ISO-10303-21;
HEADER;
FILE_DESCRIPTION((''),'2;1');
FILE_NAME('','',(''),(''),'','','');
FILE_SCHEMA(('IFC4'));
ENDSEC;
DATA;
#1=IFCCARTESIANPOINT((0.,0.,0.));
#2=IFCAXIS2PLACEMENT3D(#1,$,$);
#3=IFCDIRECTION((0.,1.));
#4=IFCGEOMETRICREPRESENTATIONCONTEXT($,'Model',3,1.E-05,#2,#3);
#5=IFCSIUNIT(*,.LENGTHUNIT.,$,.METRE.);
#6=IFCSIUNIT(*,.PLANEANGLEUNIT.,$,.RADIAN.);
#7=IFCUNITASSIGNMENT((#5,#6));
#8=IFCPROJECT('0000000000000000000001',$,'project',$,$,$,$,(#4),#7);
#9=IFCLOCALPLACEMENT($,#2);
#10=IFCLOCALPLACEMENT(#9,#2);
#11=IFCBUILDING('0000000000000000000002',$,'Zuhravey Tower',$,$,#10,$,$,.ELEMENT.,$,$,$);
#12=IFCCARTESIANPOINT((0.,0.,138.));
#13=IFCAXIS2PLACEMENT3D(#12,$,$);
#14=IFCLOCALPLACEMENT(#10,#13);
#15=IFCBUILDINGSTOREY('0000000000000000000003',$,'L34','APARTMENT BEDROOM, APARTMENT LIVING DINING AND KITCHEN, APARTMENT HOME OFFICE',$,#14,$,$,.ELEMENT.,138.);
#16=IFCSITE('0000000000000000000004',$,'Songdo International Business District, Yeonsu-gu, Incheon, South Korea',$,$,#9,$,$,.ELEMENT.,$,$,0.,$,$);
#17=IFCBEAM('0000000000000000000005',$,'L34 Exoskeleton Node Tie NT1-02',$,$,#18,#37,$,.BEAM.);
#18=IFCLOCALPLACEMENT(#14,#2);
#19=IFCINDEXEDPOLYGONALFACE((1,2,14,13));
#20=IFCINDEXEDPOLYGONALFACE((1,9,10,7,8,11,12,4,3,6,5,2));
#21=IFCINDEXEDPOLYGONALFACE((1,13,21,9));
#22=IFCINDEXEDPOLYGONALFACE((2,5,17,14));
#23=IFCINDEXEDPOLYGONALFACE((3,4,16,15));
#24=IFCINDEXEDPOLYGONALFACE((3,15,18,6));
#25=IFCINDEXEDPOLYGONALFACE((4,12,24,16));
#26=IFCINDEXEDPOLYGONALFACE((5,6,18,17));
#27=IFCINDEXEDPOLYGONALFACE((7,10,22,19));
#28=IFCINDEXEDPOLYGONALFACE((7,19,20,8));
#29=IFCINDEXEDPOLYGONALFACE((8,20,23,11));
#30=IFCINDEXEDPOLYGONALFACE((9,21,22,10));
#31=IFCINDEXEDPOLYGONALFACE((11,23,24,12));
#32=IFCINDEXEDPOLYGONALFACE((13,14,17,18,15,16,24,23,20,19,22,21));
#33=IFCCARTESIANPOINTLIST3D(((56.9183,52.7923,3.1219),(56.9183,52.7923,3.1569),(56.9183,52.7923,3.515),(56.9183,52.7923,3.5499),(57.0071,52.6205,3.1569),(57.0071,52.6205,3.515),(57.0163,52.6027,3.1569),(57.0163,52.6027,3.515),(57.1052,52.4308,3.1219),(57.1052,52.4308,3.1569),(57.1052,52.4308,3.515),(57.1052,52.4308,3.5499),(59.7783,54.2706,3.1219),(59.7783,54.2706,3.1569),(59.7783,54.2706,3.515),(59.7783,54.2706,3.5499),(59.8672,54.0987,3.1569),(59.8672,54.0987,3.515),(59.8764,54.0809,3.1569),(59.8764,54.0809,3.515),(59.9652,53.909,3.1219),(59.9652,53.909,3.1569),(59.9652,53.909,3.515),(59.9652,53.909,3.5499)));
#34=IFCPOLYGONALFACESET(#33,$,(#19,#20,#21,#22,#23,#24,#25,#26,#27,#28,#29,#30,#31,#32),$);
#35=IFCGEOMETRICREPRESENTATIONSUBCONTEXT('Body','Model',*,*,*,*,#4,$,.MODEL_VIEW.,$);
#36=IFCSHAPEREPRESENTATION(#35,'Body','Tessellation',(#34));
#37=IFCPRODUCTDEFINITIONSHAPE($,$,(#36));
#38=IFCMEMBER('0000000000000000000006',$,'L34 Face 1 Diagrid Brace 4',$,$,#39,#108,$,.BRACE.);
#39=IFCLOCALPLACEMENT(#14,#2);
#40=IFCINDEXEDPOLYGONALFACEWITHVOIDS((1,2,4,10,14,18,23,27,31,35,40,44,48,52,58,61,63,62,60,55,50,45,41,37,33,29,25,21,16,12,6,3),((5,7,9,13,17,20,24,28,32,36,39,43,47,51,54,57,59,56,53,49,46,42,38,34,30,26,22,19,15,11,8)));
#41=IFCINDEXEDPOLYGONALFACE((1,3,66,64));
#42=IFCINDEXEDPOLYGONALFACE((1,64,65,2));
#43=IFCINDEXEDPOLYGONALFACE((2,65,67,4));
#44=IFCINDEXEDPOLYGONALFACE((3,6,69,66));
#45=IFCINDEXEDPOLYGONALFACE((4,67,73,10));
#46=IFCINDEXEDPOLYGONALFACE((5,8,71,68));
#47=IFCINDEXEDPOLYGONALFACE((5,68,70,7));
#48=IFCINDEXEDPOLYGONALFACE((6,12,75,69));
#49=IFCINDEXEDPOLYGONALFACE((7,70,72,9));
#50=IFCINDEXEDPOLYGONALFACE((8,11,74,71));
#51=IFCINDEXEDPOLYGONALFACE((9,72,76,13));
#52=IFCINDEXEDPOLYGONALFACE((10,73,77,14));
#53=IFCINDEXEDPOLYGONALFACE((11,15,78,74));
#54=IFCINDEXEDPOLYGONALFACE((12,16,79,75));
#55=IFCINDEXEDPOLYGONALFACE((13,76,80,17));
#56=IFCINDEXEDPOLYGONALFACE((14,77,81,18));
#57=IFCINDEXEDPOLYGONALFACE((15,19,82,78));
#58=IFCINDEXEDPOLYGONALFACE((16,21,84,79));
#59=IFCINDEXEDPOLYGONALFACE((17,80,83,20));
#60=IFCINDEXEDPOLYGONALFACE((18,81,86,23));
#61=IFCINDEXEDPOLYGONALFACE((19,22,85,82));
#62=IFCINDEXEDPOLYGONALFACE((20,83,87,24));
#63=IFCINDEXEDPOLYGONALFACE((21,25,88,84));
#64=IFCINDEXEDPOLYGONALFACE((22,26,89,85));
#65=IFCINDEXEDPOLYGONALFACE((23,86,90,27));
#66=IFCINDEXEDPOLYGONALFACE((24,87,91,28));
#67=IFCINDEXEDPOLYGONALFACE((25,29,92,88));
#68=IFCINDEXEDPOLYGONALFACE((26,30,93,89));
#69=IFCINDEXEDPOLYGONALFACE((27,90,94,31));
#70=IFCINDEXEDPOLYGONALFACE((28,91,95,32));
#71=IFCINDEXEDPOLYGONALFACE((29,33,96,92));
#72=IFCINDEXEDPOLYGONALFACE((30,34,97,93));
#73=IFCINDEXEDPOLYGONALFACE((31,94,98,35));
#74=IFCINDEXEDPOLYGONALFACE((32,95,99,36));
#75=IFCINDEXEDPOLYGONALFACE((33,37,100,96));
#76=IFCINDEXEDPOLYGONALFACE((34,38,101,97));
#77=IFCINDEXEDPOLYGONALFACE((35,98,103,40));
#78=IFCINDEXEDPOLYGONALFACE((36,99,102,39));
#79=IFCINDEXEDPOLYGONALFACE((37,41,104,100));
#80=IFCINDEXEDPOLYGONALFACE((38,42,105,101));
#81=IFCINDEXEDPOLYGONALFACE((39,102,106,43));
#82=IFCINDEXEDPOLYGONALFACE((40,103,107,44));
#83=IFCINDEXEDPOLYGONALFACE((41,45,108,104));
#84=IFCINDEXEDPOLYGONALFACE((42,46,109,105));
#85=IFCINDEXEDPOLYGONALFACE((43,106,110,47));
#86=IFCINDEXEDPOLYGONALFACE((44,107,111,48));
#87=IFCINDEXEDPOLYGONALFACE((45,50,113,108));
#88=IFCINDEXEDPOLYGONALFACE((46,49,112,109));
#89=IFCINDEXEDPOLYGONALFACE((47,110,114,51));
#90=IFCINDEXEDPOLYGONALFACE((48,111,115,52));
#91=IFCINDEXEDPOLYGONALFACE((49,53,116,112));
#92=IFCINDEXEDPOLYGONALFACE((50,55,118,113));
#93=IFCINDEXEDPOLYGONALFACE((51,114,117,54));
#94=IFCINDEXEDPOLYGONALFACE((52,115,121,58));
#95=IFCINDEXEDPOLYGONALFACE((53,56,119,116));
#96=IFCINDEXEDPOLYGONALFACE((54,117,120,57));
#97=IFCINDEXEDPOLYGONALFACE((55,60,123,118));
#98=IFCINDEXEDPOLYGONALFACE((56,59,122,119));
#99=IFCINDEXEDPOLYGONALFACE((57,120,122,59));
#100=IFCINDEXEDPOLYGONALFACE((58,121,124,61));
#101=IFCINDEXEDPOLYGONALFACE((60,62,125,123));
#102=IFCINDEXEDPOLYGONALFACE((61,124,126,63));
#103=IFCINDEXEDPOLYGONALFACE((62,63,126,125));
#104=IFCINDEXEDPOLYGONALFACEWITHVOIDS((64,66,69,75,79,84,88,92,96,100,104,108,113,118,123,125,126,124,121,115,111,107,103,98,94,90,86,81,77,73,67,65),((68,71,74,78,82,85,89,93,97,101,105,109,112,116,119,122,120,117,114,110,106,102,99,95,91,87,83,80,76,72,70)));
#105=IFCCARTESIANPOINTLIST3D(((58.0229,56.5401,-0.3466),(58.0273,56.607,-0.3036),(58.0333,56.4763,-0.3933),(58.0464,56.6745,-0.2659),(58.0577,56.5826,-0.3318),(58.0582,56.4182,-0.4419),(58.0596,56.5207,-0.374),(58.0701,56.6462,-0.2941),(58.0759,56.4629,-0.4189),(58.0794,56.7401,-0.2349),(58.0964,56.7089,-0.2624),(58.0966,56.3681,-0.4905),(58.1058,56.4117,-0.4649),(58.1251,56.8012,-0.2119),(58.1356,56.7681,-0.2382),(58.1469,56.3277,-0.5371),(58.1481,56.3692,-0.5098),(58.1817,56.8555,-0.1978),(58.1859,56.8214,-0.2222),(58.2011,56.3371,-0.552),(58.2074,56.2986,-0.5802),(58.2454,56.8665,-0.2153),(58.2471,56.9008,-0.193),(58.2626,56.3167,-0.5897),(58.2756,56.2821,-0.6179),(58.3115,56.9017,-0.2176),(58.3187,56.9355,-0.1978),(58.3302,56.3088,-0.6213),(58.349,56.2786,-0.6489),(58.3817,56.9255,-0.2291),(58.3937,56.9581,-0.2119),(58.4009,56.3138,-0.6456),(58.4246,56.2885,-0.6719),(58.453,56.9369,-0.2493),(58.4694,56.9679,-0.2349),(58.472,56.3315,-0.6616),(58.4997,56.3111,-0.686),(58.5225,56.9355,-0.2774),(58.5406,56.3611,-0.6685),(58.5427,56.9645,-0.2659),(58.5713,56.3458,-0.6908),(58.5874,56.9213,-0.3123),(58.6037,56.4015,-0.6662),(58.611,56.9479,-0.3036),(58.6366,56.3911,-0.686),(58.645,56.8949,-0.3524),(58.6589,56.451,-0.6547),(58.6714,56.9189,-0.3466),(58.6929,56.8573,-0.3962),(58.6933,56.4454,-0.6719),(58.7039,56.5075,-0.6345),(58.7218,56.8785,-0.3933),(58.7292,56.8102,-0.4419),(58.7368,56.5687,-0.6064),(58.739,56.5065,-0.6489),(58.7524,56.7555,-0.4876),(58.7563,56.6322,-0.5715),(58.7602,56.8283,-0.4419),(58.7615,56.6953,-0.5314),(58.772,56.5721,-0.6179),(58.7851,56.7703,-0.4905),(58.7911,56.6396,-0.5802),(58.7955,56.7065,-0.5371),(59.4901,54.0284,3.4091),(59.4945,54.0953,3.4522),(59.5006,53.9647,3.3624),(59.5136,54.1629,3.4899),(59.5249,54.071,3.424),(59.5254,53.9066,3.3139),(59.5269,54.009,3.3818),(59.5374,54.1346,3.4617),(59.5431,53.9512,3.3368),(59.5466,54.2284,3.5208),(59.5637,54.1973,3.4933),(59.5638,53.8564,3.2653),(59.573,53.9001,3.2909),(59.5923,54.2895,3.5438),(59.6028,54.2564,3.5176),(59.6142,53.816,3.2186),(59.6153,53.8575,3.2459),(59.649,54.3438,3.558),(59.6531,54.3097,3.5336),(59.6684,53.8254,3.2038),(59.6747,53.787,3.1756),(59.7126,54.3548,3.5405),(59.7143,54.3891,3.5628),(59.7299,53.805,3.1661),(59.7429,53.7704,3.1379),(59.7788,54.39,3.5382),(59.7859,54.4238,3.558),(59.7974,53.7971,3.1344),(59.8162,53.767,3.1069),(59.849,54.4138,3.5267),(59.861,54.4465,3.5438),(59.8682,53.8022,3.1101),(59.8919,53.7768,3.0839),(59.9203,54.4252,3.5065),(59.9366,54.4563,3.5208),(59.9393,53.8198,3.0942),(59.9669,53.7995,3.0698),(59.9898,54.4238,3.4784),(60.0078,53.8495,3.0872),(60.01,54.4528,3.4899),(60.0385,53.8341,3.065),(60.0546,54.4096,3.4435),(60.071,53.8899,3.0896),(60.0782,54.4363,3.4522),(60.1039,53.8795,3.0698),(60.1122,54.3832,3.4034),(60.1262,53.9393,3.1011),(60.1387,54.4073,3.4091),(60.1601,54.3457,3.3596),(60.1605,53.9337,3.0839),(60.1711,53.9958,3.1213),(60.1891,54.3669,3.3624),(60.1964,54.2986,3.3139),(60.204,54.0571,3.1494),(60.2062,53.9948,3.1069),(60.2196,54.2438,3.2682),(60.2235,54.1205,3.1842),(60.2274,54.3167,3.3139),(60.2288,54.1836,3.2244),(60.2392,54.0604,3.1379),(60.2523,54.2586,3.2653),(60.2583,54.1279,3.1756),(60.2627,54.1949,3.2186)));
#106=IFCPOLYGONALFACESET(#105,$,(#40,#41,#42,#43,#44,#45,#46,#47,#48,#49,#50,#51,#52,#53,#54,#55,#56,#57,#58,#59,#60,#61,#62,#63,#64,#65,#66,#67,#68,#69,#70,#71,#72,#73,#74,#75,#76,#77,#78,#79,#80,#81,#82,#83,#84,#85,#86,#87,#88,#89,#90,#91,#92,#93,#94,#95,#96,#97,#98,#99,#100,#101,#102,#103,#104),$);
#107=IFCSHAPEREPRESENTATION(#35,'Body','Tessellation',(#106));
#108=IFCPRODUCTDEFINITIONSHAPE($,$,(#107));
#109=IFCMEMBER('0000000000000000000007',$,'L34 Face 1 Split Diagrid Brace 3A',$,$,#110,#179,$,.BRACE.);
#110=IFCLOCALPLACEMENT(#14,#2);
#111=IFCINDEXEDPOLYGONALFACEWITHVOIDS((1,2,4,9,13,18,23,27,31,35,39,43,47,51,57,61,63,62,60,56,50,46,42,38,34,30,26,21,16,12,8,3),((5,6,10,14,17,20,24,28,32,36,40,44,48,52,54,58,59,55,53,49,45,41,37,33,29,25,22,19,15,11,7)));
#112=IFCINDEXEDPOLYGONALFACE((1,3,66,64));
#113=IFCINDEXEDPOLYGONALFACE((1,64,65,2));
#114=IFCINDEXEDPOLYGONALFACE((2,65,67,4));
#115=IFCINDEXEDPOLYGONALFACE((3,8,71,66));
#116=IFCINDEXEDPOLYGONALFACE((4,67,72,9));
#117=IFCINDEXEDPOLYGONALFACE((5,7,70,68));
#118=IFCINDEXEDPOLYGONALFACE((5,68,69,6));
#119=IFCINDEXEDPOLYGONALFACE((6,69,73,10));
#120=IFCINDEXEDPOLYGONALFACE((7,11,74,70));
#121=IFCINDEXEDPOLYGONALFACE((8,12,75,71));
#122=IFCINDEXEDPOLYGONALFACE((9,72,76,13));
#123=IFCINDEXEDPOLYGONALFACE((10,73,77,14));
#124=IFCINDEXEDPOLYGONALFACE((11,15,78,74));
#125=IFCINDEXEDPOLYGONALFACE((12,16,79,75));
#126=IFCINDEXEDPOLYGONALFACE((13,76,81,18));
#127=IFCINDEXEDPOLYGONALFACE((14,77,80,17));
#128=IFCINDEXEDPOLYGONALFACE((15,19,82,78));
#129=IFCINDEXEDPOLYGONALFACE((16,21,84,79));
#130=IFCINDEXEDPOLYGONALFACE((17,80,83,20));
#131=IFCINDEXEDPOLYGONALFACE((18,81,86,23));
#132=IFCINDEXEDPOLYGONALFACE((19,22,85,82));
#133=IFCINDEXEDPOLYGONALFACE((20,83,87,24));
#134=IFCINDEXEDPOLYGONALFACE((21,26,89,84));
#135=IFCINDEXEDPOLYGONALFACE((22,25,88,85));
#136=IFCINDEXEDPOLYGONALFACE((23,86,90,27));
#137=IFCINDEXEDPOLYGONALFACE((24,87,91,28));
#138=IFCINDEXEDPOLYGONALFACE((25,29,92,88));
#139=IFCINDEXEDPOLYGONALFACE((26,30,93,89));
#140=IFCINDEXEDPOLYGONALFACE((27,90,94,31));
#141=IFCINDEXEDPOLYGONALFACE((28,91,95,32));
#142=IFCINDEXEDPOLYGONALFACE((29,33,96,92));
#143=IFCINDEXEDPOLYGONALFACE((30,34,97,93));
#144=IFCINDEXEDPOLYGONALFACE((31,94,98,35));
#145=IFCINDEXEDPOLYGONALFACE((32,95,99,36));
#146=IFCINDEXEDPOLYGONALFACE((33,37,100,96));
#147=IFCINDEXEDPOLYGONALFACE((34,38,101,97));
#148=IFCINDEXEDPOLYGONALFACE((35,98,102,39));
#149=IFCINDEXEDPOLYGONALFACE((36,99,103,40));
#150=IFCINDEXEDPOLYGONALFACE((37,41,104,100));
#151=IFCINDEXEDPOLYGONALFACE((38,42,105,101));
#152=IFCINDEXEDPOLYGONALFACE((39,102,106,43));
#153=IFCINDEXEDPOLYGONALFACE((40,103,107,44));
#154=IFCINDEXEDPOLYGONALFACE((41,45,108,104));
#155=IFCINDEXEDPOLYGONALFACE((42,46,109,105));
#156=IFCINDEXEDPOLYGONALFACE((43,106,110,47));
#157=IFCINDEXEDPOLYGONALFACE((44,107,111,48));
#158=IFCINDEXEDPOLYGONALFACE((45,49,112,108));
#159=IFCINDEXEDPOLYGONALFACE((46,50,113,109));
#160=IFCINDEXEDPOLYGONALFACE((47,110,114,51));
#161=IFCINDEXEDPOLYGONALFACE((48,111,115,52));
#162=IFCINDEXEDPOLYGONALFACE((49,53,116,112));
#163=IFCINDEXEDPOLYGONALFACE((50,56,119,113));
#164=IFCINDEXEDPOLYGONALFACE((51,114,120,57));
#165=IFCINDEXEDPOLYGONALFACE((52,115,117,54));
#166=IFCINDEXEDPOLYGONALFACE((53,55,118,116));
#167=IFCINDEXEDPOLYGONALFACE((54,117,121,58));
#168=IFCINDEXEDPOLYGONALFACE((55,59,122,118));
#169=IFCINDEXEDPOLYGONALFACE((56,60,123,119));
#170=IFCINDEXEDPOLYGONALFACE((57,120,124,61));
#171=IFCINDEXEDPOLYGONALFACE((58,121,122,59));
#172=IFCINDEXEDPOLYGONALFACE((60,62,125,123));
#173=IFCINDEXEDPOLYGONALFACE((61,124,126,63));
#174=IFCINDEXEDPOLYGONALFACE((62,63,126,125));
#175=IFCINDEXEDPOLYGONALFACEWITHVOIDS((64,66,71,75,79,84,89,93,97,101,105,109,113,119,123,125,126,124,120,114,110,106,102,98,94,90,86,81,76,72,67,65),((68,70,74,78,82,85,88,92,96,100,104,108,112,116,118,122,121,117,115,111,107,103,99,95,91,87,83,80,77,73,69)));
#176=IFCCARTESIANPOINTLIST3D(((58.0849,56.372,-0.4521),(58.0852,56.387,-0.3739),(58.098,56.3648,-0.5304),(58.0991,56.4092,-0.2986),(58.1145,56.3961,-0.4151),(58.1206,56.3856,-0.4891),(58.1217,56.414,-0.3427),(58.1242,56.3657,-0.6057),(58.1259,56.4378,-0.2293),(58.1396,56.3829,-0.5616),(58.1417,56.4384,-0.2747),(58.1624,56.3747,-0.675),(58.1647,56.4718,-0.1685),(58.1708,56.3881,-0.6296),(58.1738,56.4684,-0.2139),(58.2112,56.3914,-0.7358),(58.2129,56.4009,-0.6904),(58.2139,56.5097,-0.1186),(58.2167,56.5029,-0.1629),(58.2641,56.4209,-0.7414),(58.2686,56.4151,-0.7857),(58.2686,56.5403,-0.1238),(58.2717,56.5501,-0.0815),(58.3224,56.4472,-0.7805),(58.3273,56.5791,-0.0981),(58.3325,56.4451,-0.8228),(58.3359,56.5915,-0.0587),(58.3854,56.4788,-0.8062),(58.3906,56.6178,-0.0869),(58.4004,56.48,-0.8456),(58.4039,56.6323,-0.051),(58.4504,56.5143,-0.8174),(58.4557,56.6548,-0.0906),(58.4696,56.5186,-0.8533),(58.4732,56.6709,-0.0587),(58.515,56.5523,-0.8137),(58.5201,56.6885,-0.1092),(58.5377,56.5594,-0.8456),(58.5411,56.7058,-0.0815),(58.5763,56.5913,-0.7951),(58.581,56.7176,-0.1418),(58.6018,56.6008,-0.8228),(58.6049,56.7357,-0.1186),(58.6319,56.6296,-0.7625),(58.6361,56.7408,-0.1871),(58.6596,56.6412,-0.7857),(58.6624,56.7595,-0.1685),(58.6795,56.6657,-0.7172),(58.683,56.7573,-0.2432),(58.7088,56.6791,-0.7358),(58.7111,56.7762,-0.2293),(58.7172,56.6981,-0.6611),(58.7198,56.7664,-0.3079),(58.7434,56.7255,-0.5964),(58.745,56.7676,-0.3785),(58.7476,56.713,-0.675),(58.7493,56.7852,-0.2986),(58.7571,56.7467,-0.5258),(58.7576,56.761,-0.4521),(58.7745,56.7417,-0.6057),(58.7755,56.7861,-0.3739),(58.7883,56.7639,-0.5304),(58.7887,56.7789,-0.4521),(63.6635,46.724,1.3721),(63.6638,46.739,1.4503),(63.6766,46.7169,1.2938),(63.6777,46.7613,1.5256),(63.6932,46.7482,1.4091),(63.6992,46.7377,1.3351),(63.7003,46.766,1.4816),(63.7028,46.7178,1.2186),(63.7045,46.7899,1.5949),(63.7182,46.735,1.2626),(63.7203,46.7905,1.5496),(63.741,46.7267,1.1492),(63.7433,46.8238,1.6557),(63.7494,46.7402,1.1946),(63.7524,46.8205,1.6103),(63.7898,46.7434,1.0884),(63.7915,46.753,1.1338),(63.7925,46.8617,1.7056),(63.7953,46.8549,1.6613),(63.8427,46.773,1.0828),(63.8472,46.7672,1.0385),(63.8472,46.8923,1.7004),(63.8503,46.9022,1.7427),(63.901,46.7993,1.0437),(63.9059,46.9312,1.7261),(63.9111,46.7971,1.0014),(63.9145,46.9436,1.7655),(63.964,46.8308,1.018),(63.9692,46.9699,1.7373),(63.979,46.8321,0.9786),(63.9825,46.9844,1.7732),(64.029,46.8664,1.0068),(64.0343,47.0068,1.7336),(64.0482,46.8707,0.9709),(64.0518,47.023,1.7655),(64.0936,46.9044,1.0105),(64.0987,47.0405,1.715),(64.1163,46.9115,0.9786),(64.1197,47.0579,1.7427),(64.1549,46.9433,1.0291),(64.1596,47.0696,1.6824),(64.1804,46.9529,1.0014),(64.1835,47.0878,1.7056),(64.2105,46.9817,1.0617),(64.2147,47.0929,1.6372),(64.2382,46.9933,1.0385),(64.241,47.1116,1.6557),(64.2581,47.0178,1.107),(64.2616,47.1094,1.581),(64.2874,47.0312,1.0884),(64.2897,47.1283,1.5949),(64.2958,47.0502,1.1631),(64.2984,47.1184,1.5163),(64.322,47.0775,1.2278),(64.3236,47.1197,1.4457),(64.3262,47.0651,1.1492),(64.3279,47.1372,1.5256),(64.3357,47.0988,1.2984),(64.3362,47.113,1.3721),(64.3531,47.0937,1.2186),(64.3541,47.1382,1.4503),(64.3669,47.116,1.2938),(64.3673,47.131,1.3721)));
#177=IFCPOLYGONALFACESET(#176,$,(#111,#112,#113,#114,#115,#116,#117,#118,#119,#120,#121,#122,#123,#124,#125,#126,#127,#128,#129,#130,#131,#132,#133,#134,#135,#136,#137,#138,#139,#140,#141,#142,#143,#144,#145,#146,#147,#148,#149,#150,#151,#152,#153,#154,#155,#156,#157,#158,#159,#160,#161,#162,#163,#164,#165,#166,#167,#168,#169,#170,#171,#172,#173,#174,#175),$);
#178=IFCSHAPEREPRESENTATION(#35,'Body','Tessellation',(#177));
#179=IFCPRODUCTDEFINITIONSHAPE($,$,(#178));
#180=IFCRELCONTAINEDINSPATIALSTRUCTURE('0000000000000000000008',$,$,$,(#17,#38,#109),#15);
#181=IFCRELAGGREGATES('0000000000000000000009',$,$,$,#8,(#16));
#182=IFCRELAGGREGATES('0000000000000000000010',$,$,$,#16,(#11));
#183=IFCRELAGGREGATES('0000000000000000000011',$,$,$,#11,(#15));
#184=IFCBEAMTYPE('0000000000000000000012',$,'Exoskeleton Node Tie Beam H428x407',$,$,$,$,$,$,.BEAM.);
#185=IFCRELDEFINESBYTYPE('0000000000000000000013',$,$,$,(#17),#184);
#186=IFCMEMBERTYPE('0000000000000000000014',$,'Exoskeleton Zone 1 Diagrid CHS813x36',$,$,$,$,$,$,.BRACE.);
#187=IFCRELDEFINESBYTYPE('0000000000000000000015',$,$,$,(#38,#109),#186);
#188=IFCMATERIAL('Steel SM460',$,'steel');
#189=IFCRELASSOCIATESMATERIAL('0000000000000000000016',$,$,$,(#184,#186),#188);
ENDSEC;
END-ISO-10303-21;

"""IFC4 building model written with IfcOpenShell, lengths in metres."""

from ifc_helpers import new_model, si_unit, direction, frame, origin, origin_2d, place, context, subcontext, project, spatial, hollow_circle, i_section, extrude, material, material_profile, profile_set, type_object, element, save


model = new_model("IFC4")

# Units and contexts
model_context = context("Model", 3, precision=1e-05, world=origin(), true_north=direction((0.0, 1.0)))
body_context = subcontext(model_context, "Body", "Model", "MODEL_VIEW")
ifc_project = project(units=[si_unit("LENGTHUNIT", "METRE"), si_unit("PLANEANGLEUNIT", "RADIAN")], contexts=[model_context])

# Site, building, storey
site_placement = place(None, origin())
site = spatial("IfcSite", under=ifc_project, at=site_placement, Name="Songdo International Business District, Yeonsu-gu, Incheon, South Korea", CompositionType="ELEMENT", RefElevation=0.0)
building_placement = place(site_placement, origin())
building = spatial("IfcBuilding", under=site, at=building_placement, Name="Zuhravey Tower", CompositionType="ELEMENT")
storey_placement = place(building_placement, frame((0.0, 0.0, 138.0)))
storey = spatial("IfcBuildingStorey", under=building, at=storey_placement, Name="L34", Description="APARTMENT BEDROOM, APARTMENT LIVING DINING AND KITCHEN, APARTMENT HOME OFFICE", CompositionType="ELEMENT", Elevation=138.0)

# Beam
ifc_material_1 = material(Name="Steel SM460", Category="steel")
ifc_material_profile_1 = material_profile(ifc_material_1, i_section(OverallWidth=0.407, OverallDepth=0.428, WebThickness=0.02, FlangeThickness=0.0349, at=origin_2d()), Name="H-428x407x20x35")
ifc_profile_set_1 = profile_set([ifc_material_profile_1], Name="Steel SM460")
beam_type_1 = type_object("IfcBeamType", Name="Exoskeleton Node Tie Beam H428x407", PredefinedType="BEAM", material=ifc_profile_set_1)
beam_1_placement = place(storey_placement, frame((57.0117, 52.6116, 3.3359), z_axis=(0.888356, 0.459155, 0.0), x_axis=(-0.459155, 0.888356, 0.0)))
element("IfcBeam", 1, at=beam_1_placement, inside=storey, type_object=beam_type_1, Name="L34 Exoskeleton Node Tie NT1-02", PredefinedType="BEAM", context=body_context, shape_type="SweptSolid", body=[
    extrude(i_section(OverallWidth=0.407, OverallDepth=0.428, WebThickness=0.02, FlangeThickness=0.0349, at=origin_2d()), origin(), (0.0, 0.0, 1.0), 3.2195),
])

# Members
ifc_material_profile_2 = material_profile(ifc_material_1, hollow_circle(Radius=0.4065, WallThickness=0.0359, at=origin_2d()), Name="CHS-812.8x36")
ifc_profile_set_2 = profile_set([ifc_material_profile_2], Name="Steel SM460")
member_type_1 = type_object("IfcMemberType", Name="Exoskeleton Zone 1 Diagrid CHS813x36", PredefinedType="BRACE", material=ifc_profile_set_2)
member_1_placement = place(storey_placement, frame((58.4092, 56.6233, -0.4419), z_axis=(0.308864, -0.528717, 0.790608), x_axis=(0.863462, 0.504414, 0.0)))
element("IfcMember", 2, at=member_1_placement, inside=storey, type_object=member_type_1, Name="L34 Face 1 Diagrid Brace 4", PredefinedType="BRACE", context=body_context, shape_type="SweptSolid", body=[
    extrude(hollow_circle(Radius=0.4065, WallThickness=0.0359, at=origin_2d()), origin(), (0.0, 0.0, 1.0), 4.7505),
])
member_2_placement = place(storey_placement, frame((58.4368, 56.5754, -0.4521), z_axis=(0.493989, -0.854331, 0.161535), x_axis=(0.8657, 0.500563, 0.0)))
element("IfcMember", 3, at=member_2_placement, inside=storey, type_object=member_type_1, Name="L34 Face 1 Split Diagrid Brace 3A", PredefinedType="BRACE", context=body_context, shape_type="SweptSolid", body=[
    extrude(hollow_circle(Radius=0.4065, WallThickness=0.0359, at=origin_2d()), origin(), (0.0, 0.0, 1.0), 11.293),
])

save(model, "model.ifc")
